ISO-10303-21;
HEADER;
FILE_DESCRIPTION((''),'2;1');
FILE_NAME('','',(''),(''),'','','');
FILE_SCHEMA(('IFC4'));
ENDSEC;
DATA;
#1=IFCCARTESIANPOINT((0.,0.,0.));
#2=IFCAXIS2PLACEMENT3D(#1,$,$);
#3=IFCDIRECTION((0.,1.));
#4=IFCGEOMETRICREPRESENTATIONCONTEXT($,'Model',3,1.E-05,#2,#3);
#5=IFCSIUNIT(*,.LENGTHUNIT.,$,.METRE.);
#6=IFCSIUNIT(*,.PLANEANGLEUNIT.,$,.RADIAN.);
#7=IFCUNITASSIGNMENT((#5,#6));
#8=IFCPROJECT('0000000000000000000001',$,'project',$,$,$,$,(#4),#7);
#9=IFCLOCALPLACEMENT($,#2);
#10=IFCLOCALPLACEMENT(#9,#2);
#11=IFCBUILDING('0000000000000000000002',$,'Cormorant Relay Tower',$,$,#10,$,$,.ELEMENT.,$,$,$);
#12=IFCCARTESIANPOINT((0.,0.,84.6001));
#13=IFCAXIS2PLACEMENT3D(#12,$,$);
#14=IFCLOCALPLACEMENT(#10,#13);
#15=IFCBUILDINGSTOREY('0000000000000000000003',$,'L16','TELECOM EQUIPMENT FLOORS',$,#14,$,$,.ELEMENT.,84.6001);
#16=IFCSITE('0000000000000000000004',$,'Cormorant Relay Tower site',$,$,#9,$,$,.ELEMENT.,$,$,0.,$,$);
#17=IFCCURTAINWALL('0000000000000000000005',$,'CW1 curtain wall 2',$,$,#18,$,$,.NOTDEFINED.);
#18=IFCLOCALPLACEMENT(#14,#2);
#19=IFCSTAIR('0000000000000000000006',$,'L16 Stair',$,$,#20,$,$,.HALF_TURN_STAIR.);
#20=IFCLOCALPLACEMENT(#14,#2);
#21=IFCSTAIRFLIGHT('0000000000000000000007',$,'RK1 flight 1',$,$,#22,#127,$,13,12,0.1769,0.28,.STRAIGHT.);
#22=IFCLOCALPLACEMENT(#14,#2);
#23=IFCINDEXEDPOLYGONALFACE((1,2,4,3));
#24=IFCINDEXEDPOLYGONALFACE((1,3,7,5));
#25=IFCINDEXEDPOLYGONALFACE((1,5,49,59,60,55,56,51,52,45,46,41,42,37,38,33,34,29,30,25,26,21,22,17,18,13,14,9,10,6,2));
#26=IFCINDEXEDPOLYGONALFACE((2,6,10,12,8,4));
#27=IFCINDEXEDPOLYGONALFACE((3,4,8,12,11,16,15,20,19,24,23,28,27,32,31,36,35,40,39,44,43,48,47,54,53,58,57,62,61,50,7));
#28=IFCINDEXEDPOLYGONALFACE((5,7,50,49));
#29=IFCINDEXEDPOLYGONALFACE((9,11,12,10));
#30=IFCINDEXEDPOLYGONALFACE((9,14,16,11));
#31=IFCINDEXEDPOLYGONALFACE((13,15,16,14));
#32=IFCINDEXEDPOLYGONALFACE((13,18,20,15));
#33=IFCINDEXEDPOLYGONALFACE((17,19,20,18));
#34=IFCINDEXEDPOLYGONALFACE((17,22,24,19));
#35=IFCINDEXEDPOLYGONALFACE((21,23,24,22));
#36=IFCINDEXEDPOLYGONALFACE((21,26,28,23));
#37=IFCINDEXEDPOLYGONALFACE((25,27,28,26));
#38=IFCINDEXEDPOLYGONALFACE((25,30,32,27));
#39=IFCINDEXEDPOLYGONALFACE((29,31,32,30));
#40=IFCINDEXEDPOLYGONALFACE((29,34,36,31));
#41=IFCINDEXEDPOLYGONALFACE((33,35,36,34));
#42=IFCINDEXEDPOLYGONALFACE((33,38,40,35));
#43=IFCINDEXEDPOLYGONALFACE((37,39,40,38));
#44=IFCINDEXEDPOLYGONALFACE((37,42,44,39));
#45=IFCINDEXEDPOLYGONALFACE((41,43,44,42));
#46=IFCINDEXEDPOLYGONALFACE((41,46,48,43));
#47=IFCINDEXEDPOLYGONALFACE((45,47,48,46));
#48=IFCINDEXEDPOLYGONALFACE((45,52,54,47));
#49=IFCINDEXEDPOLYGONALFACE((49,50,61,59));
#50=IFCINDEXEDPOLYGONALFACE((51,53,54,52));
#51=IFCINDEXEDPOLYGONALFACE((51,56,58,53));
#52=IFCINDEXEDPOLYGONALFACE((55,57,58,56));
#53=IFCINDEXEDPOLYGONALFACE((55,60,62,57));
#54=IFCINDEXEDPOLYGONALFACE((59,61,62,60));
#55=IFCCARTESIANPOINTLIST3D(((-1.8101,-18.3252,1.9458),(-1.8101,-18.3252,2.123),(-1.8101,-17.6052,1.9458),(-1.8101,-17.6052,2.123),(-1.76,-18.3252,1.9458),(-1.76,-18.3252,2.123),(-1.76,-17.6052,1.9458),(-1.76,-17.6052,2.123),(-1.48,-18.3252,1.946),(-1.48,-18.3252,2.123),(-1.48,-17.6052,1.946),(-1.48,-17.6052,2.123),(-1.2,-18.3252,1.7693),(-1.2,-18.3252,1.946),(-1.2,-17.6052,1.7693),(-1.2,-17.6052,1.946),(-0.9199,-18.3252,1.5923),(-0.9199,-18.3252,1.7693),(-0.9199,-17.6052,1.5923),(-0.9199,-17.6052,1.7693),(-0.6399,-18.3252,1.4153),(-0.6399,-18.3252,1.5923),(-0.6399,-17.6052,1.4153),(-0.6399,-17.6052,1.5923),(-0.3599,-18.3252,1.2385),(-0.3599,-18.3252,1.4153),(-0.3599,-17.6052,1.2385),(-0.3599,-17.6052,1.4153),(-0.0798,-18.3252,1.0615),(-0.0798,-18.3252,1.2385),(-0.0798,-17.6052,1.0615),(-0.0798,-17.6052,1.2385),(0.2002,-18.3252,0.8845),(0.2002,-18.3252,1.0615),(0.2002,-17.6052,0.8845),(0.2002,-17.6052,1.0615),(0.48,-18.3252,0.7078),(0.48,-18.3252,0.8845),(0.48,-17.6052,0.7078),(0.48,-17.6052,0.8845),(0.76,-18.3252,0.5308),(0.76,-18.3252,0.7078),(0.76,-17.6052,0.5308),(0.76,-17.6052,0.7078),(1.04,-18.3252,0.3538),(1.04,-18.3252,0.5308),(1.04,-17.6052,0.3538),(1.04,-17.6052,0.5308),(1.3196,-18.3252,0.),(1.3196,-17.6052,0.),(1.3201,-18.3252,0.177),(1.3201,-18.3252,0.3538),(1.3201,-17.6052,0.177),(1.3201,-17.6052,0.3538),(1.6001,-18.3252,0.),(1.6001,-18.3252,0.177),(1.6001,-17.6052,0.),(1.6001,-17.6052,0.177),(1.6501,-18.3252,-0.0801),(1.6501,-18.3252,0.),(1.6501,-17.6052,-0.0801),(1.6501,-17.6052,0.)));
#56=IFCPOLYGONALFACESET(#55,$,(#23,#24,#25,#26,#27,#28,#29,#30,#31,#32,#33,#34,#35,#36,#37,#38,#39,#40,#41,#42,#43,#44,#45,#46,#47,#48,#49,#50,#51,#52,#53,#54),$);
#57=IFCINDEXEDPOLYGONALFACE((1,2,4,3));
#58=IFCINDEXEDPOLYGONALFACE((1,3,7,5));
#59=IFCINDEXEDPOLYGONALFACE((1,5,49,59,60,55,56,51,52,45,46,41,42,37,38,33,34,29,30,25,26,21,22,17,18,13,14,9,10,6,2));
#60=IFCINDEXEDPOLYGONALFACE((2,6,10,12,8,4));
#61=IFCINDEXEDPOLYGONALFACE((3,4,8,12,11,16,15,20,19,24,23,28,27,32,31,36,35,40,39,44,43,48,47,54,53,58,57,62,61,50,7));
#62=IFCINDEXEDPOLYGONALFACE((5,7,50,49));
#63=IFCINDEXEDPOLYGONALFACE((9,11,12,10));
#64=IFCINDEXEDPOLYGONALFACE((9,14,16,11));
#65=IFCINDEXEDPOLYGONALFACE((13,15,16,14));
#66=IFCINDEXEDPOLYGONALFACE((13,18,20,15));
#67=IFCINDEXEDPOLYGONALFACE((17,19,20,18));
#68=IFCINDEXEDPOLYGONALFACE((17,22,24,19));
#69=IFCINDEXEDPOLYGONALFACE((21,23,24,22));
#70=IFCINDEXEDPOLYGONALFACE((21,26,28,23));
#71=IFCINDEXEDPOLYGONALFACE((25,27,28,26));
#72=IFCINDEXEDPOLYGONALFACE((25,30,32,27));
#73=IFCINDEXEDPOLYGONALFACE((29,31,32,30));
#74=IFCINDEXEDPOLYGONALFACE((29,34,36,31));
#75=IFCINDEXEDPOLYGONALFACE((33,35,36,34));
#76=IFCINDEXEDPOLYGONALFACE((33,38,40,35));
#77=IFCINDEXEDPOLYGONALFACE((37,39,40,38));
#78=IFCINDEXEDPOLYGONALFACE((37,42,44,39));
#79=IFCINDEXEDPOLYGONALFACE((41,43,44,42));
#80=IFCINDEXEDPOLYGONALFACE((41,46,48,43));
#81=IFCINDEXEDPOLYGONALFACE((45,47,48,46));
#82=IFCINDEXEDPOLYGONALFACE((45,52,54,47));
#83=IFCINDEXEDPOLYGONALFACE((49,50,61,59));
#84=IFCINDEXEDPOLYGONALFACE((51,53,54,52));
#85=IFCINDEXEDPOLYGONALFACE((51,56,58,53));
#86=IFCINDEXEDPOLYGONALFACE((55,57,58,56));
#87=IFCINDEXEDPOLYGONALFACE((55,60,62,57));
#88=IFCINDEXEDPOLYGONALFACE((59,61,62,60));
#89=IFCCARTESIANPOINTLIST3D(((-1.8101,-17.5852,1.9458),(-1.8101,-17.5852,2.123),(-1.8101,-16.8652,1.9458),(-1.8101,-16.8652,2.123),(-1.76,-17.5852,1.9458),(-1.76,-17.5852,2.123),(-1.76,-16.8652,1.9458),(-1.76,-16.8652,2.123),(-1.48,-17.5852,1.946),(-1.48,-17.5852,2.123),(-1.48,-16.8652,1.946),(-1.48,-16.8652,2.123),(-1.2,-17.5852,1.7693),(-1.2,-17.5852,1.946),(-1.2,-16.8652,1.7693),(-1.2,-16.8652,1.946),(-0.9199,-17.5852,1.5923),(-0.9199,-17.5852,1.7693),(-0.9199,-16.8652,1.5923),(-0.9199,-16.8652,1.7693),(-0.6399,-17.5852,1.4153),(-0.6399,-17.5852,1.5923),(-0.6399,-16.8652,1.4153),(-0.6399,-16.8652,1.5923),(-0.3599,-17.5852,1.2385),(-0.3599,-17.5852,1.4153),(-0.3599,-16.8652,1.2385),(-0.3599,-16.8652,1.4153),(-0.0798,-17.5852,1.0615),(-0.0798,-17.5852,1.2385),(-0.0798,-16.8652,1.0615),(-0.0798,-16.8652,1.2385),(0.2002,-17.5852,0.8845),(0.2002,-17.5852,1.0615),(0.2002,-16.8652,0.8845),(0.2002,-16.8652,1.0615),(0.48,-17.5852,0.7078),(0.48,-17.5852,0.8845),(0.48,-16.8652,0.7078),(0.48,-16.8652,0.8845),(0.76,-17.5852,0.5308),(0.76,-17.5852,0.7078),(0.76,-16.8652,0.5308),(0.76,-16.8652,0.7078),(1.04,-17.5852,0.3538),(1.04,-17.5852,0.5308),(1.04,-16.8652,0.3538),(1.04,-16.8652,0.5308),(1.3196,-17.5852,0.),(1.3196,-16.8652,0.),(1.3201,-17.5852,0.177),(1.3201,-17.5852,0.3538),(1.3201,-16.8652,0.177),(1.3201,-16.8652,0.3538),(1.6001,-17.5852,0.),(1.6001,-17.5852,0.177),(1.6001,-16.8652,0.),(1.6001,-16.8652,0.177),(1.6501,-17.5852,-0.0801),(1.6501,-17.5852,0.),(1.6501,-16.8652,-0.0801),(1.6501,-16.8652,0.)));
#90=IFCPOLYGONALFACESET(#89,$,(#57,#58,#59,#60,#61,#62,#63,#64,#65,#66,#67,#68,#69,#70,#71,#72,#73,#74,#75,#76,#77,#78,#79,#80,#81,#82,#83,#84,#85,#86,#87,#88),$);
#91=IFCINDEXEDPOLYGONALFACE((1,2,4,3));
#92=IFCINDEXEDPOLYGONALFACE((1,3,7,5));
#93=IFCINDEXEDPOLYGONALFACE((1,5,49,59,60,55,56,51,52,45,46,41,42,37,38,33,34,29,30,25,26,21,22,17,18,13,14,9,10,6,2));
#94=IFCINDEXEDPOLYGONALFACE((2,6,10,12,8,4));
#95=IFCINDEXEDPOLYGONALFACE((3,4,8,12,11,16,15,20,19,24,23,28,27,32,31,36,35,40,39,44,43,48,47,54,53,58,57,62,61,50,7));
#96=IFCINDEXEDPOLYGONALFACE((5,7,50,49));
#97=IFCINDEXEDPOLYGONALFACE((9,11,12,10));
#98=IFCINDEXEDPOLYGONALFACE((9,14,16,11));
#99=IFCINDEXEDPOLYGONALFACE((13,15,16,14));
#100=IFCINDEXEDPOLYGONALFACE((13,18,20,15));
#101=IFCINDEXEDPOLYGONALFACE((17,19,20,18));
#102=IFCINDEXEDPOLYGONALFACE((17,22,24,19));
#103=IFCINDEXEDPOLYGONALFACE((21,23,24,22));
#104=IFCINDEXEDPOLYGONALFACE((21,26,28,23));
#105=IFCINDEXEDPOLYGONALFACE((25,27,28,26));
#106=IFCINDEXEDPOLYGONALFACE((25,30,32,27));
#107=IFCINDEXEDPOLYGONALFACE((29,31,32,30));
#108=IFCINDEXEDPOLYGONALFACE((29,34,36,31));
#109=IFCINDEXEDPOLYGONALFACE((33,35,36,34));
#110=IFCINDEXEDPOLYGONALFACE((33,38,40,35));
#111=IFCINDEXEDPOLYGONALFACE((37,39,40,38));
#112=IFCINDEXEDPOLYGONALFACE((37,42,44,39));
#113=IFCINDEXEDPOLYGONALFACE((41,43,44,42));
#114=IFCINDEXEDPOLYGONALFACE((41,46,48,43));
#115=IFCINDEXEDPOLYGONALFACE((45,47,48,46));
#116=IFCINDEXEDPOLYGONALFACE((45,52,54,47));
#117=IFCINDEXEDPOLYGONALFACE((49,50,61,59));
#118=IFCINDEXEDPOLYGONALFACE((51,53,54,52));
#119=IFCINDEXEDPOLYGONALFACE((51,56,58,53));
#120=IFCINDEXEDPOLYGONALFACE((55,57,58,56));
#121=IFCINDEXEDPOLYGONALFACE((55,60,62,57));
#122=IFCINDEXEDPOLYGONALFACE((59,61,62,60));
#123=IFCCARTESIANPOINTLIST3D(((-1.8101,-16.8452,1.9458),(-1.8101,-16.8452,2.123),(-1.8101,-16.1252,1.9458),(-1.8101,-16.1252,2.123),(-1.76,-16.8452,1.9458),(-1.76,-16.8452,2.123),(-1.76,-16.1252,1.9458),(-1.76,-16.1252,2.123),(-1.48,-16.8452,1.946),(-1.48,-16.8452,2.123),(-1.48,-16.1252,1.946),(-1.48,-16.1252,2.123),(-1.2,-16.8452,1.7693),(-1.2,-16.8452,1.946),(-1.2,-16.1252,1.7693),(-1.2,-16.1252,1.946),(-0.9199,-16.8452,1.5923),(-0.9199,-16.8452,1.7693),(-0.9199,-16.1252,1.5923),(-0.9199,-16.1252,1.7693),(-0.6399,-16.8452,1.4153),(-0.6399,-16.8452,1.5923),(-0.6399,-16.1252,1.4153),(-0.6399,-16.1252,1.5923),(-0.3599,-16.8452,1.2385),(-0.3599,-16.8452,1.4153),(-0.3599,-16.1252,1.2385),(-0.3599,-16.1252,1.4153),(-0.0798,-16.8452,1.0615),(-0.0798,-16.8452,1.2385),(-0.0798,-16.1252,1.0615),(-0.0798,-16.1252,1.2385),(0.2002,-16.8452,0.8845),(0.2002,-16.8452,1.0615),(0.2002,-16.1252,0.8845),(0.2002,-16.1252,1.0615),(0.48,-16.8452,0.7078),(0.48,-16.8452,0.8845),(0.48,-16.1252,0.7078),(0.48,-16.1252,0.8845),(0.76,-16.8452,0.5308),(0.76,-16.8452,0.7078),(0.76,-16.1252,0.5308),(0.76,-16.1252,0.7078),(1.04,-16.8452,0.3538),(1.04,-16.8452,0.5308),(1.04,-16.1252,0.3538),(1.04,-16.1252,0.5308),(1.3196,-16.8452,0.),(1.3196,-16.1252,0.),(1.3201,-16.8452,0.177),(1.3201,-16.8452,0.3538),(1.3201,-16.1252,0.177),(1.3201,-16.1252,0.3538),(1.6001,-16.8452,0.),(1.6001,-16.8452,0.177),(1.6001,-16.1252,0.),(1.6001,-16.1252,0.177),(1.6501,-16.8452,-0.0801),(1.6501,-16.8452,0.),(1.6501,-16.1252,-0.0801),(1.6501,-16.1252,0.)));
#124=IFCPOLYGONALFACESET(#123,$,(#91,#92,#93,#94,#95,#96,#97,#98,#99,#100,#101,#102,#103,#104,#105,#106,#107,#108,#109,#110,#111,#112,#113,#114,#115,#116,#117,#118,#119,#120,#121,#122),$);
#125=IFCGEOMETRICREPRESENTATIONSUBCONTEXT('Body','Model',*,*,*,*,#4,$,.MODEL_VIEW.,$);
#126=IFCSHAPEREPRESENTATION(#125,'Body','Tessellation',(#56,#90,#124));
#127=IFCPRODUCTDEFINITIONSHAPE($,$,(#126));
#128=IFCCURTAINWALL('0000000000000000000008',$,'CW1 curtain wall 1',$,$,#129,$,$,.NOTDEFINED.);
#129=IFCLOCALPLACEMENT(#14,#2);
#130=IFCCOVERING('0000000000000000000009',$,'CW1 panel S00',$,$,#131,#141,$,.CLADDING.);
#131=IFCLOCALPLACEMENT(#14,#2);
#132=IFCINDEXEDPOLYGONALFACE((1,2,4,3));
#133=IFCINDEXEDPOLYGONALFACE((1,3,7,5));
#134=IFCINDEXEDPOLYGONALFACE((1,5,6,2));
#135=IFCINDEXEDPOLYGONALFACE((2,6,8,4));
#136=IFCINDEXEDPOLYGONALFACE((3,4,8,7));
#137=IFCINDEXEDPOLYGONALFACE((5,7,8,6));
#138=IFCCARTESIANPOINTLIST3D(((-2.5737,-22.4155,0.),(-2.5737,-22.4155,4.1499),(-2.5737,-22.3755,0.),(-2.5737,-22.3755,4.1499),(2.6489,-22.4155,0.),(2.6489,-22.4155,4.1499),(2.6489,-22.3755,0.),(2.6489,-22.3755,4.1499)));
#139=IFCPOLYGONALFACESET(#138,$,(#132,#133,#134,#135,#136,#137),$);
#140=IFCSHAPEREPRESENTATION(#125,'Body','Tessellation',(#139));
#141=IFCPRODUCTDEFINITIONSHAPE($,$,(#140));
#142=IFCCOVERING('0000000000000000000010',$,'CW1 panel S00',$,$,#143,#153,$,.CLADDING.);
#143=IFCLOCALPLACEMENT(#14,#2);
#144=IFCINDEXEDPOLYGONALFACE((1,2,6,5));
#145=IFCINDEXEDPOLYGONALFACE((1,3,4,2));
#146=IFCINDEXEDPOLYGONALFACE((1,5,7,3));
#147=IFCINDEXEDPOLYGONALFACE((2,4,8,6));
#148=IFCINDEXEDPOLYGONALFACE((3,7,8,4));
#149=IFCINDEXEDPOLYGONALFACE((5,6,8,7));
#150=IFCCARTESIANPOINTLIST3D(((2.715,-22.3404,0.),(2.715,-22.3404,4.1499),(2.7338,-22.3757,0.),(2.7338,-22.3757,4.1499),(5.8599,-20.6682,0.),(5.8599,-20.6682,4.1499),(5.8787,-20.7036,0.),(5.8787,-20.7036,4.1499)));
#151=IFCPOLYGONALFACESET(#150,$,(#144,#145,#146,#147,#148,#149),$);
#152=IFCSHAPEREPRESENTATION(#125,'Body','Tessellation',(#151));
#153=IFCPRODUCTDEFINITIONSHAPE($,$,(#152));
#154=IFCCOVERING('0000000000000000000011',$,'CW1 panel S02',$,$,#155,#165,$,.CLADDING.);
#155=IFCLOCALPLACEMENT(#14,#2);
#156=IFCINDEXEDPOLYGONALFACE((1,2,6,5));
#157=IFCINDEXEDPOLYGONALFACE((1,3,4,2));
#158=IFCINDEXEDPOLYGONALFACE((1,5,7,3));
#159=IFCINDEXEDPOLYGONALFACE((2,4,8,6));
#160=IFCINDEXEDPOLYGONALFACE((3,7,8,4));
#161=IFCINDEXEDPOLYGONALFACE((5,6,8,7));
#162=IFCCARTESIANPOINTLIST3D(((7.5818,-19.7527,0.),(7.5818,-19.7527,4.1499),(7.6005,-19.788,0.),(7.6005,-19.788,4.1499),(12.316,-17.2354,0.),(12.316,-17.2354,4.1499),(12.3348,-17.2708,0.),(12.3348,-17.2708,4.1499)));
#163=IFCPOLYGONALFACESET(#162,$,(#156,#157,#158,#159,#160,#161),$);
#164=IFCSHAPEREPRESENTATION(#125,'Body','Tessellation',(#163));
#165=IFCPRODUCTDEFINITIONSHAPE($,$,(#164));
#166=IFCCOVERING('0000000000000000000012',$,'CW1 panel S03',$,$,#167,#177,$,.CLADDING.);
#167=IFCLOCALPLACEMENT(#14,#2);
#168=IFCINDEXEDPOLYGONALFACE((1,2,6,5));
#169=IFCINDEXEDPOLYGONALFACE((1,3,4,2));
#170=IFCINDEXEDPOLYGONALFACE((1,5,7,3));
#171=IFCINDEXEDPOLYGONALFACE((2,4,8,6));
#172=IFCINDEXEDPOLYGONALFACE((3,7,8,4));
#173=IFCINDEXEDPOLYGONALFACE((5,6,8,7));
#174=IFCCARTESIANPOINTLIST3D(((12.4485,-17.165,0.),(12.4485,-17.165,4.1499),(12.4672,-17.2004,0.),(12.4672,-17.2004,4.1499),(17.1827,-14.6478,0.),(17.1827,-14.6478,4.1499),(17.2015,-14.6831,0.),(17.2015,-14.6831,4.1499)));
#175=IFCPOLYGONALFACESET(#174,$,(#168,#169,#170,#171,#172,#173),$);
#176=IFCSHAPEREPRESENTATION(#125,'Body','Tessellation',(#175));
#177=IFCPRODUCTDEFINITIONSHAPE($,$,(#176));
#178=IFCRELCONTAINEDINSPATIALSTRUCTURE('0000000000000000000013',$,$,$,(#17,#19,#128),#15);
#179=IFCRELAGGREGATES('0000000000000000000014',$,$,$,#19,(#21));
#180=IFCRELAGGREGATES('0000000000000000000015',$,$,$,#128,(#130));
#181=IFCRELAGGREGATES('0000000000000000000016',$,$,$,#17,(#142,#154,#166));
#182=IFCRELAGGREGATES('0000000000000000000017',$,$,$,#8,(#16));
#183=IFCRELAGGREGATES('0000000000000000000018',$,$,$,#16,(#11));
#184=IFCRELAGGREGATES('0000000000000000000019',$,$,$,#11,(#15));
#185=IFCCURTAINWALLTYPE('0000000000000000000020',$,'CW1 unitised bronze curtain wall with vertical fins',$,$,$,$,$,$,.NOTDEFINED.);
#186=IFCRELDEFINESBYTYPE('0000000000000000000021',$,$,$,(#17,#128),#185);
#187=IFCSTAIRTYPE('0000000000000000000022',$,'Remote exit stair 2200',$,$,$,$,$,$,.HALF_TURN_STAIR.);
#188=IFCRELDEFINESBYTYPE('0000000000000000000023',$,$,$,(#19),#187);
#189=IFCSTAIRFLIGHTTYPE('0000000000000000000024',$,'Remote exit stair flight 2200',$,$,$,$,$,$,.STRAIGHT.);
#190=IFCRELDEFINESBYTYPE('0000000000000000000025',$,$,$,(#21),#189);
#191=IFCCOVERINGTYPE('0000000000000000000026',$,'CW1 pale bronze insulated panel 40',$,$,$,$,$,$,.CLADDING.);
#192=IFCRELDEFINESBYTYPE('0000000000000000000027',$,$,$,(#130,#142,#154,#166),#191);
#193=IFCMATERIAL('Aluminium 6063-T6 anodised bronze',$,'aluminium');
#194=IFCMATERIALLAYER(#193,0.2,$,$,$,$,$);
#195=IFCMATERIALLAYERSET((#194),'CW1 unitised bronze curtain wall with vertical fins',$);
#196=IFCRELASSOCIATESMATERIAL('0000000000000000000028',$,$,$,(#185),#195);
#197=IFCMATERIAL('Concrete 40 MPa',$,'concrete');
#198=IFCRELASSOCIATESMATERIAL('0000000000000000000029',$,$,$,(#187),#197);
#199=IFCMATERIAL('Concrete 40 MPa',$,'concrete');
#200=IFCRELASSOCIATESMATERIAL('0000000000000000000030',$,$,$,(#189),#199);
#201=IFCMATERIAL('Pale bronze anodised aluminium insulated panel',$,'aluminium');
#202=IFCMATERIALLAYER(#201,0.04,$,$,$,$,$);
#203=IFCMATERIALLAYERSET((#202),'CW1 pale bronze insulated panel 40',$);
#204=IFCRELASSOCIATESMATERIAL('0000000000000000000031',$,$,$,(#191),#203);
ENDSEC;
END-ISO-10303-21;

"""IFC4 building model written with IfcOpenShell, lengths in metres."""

from ifc_helpers import new_model, si_unit, direction, frame, origin, origin_2d, place, context, subcontext, project, spatial, polyline, rectangle, outline, extrude, material, layer, layer_set, type_object, element, aggregate, save


model = new_model("IFC4")

# Units and contexts
model_context = context("Model", 3, precision=1e-05, world=origin(), true_north=direction((0.0, 1.0)))
body_context = subcontext(model_context, "Body", "Model", "MODEL_VIEW")
ifc_project = project(units=[si_unit("LENGTHUNIT", "METRE"), si_unit("PLANEANGLEUNIT", "RADIAN")], contexts=[model_context])

# Site, building, storey
site_placement = place(None, origin())
site = spatial("IfcSite", under=ifc_project, at=site_placement, Name="Cormorant Relay Tower site", CompositionType="ELEMENT", RefElevation=0.0)
building_placement = place(site_placement, origin())
building = spatial("IfcBuilding", under=site, at=building_placement, Name="Cormorant Relay Tower", CompositionType="ELEMENT")
storey_placement = place(building_placement, frame((0.0, 0.0, 84.6001)))
storey = spatial("IfcBuildingStorey", under=building, at=storey_placement, Name="L16", Description="TELECOM EQUIPMENT FLOORS", CompositionType="ELEMENT", Elevation=84.6001)

# Curtain wall
ifc_material_1 = material(Name="Aluminium 6063-T6 anodised bronze", Category="aluminium")
ifc_layer_1 = layer(ifc_material_1, 0.2)
ifc_layer_set_1 = layer_set([ifc_layer_1], Name="CW1 unitised bronze curtain wall with vertical fins")
curtain_wall_type = type_object("IfcCurtainWallType", Name="CW1 unitised bronze curtain wall with vertical fins", PredefinedType="NOTDEFINED", material=ifc_layer_set_1)
curtain_wall_1_placement = place(storey_placement, origin())
curtain_wall_1 = element("IfcCurtainWall", 1, at=curtain_wall_1_placement, inside=storey, type_object=curtain_wall_type, Name="CW1 curtain wall 2", PredefinedType="NOTDEFINED")

# Stair, stair flight
ifc_material_2 = material(Name="Concrete 40 MPa", Category="concrete")
stair_type = type_object("IfcStairType", Name="Remote exit stair 2200", PredefinedType="HALF_TURN_STAIR", material=ifc_material_2)
stair_placement = place(storey_placement, origin())
stair = element("IfcStair", 2, at=stair_placement, inside=storey, type_object=stair_type, Name="L16 Stair", PredefinedType="HALF_TURN_STAIR")
ifc_material_3 = material(Name="Concrete 40 MPa", Category="concrete")
stair_flight_type = type_object("IfcStairFlightType", Name="Remote exit stair flight 2200", PredefinedType="STRAIGHT", material=ifc_material_3)
stair_flight_placement = place(storey_placement, frame((1.6001, -17.2251, 0.0), z_axis=(0.0, 0.0, 1.0), x_axis=(-1.0, 0.0, 0.0)))
stair_flight = element("IfcStairFlight", 3, at=stair_flight_placement, type_object=stair_flight_type, Name="RK1 flight 1", NumberOfRisers=13, NumberOfTreads=12, PredefinedType="STRAIGHT", RiserHeight=0.1769, TreadLength=0.28, context=body_context, shape_type="SweptSolid", body=[
    extrude(outline(polyline([(-0.05, -0.0801), (-0.05, 0.0), (0.0, 0.0), (0.0, 0.177), (0.28, 0.177), (0.28, 0.3538), (0.5601, 0.3538), (0.5601, 0.5308), (0.8401, 0.5308), (0.8401, 0.7078), (1.1201, 0.7078), (1.1201, 0.8845), (1.3999, 0.8845), (1.3999, 1.0615), (1.6799, 1.0615), (1.6799, 1.2385), (1.96, 1.2385), (1.96, 1.4153), (2.24, 1.4153), (2.24, 1.5923), (2.52, 1.5923), (2.52, 1.7693), (2.8, 1.7693), (2.8, 1.946), (3.0801, 1.946), (3.0801, 2.123), (3.3601, 2.123), (3.4102, 2.123), (3.4102, 1.9458), (3.3601, 1.9458), (0.2805, 0.0), (-0.05, -0.0801)])), frame((0.0, 1.1001, 0.0), z_axis=(0.0, -1.0, 0.0), x_axis=(1.0, 0.0, 0.0)), (0.0, 0.0, 1.0), 0.72),
    extrude(outline(polyline([(-0.05, -0.0801), (-0.05, 0.0), (0.0, 0.0), (0.0, 0.177), (0.28, 0.177), (0.28, 0.3538), (0.5601, 0.3538), (0.5601, 0.5308), (0.8401, 0.5308), (0.8401, 0.7078), (1.1201, 0.7078), (1.1201, 0.8845), (1.3999, 0.8845), (1.3999, 1.0615), (1.6799, 1.0615), (1.6799, 1.2385), (1.96, 1.2385), (1.96, 1.4153), (2.24, 1.4153), (2.24, 1.5923), (2.52, 1.5923), (2.52, 1.7693), (2.8, 1.7693), (2.8, 1.946), (3.0801, 1.946), (3.0801, 2.123), (3.3601, 2.123), (3.4102, 2.123), (3.4102, 1.9458), (3.3601, 1.9458), (0.2805, 0.0), (-0.05, -0.0801)])), frame((0.0, 0.3601, 0.0), z_axis=(0.0, -1.0, 0.0), x_axis=(1.0, 0.0, 0.0)), (0.0, 0.0, 1.0), 0.72),
    extrude(outline(polyline([(-0.05, -0.0801), (-0.05, 0.0), (0.0, 0.0), (0.0, 0.177), (0.28, 0.177), (0.28, 0.3538), (0.5601, 0.3538), (0.5601, 0.5308), (0.8401, 0.5308), (0.8401, 0.7078), (1.1201, 0.7078), (1.1201, 0.8845), (1.3999, 0.8845), (1.3999, 1.0615), (1.6799, 1.0615), (1.6799, 1.2385), (1.96, 1.2385), (1.96, 1.4153), (2.24, 1.4153), (2.24, 1.5923), (2.52, 1.5923), (2.52, 1.7693), (2.8, 1.7693), (2.8, 1.946), (3.0801, 1.946), (3.0801, 2.123), (3.3601, 2.123), (3.4102, 2.123), (3.4102, 1.9458), (3.3601, 1.9458), (0.2805, 0.0), (-0.05, -0.0801)])), frame((0.0, -0.3799, 0.0), z_axis=(0.0, -1.0, 0.0), x_axis=(1.0, 0.0, 0.0)), (0.0, 0.0, 1.0), 0.72),
])
aggregate(stair, [stair_flight])

# Curtain wall, covering
curtain_wall_2_placement = place(storey_placement, origin())
curtain_wall_2 = element("IfcCurtainWall", 4, at=curtain_wall_2_placement, inside=storey, type_object=curtain_wall_type, Name="CW1 curtain wall 1", PredefinedType="NOTDEFINED")
ifc_material_4 = material(Name="Pale bronze anodised aluminium insulated panel", Category="aluminium")
ifc_layer_2 = layer(ifc_material_4, 0.04)
ifc_layer_set_2 = layer_set([ifc_layer_2], Name="CW1 pale bronze insulated panel 40")
covering_type = type_object("IfcCoveringType", Name="CW1 pale bronze insulated panel 40", PredefinedType="CLADDING", material=ifc_layer_set_2)
covering_1_placement = place(storey_placement, frame((0.0376, -22.3955, 0.0), z_axis=(0.0, 0.0, 1.0), x_axis=(1.0, 0.0, 0.0)))
covering_1 = element("IfcCovering", 5, at=covering_1_placement, type_object=covering_type, Name="CW1 panel S00", PredefinedType="CLADDING", context=body_context, shape_type="SweptSolid", body=[
    extrude(rectangle(XDim=5.2227, YDim=0.04, at=origin_2d()), origin(), (0.0, 0.0, 1.0), 4.1499),
])
aggregate(curtain_wall_2, [covering_1])

# Coverings
covering_2_placement = place(storey_placement, frame((4.2969, -21.522, 0.0), z_axis=(0.0, 0.0, 1.0), x_axis=(0.882948, 0.469472, 0.0)))
covering_2 = element("IfcCovering", 6, at=covering_2_placement, type_object=covering_type, Name="CW1 panel S00", PredefinedType="CLADDING", context=body_context, shape_type="SweptSolid", body=[
    extrude(rectangle(XDim=3.5618, YDim=0.04, at=origin_2d()), origin(), (0.0, 0.0, 1.0), 4.1499),
])
covering_3_placement = place(storey_placement, frame((9.9583, -18.5117, 0.0), z_axis=(0.0, 0.0, 1.0), x_axis=(0.882948, 0.469472, 0.0)))
covering_3 = element("IfcCovering", 7, at=covering_3_placement, type_object=covering_type, Name="CW1 panel S02", PredefinedType="CLADDING", context=body_context, shape_type="SweptSolid", body=[
    extrude(rectangle(XDim=5.3618, YDim=0.04, at=origin_2d()), origin(), (0.0, 0.0, 1.0), 4.1499),
])
covering_4_placement = place(storey_placement, frame((14.825, -15.9241, 0.0), z_axis=(0.0, 0.0, 1.0), x_axis=(0.882948, 0.469472, 0.0)))
covering_4 = element("IfcCovering", 8, at=covering_4_placement, type_object=covering_type, Name="CW1 panel S03", PredefinedType="CLADDING", context=body_context, shape_type="SweptSolid", body=[
    extrude(rectangle(XDim=5.3618, YDim=0.04, at=origin_2d()), origin(), (0.0, 0.0, 1.0), 4.1499),
])
aggregate(curtain_wall_1, [covering_2, covering_3, covering_4])

save(model, "model.ifc")
